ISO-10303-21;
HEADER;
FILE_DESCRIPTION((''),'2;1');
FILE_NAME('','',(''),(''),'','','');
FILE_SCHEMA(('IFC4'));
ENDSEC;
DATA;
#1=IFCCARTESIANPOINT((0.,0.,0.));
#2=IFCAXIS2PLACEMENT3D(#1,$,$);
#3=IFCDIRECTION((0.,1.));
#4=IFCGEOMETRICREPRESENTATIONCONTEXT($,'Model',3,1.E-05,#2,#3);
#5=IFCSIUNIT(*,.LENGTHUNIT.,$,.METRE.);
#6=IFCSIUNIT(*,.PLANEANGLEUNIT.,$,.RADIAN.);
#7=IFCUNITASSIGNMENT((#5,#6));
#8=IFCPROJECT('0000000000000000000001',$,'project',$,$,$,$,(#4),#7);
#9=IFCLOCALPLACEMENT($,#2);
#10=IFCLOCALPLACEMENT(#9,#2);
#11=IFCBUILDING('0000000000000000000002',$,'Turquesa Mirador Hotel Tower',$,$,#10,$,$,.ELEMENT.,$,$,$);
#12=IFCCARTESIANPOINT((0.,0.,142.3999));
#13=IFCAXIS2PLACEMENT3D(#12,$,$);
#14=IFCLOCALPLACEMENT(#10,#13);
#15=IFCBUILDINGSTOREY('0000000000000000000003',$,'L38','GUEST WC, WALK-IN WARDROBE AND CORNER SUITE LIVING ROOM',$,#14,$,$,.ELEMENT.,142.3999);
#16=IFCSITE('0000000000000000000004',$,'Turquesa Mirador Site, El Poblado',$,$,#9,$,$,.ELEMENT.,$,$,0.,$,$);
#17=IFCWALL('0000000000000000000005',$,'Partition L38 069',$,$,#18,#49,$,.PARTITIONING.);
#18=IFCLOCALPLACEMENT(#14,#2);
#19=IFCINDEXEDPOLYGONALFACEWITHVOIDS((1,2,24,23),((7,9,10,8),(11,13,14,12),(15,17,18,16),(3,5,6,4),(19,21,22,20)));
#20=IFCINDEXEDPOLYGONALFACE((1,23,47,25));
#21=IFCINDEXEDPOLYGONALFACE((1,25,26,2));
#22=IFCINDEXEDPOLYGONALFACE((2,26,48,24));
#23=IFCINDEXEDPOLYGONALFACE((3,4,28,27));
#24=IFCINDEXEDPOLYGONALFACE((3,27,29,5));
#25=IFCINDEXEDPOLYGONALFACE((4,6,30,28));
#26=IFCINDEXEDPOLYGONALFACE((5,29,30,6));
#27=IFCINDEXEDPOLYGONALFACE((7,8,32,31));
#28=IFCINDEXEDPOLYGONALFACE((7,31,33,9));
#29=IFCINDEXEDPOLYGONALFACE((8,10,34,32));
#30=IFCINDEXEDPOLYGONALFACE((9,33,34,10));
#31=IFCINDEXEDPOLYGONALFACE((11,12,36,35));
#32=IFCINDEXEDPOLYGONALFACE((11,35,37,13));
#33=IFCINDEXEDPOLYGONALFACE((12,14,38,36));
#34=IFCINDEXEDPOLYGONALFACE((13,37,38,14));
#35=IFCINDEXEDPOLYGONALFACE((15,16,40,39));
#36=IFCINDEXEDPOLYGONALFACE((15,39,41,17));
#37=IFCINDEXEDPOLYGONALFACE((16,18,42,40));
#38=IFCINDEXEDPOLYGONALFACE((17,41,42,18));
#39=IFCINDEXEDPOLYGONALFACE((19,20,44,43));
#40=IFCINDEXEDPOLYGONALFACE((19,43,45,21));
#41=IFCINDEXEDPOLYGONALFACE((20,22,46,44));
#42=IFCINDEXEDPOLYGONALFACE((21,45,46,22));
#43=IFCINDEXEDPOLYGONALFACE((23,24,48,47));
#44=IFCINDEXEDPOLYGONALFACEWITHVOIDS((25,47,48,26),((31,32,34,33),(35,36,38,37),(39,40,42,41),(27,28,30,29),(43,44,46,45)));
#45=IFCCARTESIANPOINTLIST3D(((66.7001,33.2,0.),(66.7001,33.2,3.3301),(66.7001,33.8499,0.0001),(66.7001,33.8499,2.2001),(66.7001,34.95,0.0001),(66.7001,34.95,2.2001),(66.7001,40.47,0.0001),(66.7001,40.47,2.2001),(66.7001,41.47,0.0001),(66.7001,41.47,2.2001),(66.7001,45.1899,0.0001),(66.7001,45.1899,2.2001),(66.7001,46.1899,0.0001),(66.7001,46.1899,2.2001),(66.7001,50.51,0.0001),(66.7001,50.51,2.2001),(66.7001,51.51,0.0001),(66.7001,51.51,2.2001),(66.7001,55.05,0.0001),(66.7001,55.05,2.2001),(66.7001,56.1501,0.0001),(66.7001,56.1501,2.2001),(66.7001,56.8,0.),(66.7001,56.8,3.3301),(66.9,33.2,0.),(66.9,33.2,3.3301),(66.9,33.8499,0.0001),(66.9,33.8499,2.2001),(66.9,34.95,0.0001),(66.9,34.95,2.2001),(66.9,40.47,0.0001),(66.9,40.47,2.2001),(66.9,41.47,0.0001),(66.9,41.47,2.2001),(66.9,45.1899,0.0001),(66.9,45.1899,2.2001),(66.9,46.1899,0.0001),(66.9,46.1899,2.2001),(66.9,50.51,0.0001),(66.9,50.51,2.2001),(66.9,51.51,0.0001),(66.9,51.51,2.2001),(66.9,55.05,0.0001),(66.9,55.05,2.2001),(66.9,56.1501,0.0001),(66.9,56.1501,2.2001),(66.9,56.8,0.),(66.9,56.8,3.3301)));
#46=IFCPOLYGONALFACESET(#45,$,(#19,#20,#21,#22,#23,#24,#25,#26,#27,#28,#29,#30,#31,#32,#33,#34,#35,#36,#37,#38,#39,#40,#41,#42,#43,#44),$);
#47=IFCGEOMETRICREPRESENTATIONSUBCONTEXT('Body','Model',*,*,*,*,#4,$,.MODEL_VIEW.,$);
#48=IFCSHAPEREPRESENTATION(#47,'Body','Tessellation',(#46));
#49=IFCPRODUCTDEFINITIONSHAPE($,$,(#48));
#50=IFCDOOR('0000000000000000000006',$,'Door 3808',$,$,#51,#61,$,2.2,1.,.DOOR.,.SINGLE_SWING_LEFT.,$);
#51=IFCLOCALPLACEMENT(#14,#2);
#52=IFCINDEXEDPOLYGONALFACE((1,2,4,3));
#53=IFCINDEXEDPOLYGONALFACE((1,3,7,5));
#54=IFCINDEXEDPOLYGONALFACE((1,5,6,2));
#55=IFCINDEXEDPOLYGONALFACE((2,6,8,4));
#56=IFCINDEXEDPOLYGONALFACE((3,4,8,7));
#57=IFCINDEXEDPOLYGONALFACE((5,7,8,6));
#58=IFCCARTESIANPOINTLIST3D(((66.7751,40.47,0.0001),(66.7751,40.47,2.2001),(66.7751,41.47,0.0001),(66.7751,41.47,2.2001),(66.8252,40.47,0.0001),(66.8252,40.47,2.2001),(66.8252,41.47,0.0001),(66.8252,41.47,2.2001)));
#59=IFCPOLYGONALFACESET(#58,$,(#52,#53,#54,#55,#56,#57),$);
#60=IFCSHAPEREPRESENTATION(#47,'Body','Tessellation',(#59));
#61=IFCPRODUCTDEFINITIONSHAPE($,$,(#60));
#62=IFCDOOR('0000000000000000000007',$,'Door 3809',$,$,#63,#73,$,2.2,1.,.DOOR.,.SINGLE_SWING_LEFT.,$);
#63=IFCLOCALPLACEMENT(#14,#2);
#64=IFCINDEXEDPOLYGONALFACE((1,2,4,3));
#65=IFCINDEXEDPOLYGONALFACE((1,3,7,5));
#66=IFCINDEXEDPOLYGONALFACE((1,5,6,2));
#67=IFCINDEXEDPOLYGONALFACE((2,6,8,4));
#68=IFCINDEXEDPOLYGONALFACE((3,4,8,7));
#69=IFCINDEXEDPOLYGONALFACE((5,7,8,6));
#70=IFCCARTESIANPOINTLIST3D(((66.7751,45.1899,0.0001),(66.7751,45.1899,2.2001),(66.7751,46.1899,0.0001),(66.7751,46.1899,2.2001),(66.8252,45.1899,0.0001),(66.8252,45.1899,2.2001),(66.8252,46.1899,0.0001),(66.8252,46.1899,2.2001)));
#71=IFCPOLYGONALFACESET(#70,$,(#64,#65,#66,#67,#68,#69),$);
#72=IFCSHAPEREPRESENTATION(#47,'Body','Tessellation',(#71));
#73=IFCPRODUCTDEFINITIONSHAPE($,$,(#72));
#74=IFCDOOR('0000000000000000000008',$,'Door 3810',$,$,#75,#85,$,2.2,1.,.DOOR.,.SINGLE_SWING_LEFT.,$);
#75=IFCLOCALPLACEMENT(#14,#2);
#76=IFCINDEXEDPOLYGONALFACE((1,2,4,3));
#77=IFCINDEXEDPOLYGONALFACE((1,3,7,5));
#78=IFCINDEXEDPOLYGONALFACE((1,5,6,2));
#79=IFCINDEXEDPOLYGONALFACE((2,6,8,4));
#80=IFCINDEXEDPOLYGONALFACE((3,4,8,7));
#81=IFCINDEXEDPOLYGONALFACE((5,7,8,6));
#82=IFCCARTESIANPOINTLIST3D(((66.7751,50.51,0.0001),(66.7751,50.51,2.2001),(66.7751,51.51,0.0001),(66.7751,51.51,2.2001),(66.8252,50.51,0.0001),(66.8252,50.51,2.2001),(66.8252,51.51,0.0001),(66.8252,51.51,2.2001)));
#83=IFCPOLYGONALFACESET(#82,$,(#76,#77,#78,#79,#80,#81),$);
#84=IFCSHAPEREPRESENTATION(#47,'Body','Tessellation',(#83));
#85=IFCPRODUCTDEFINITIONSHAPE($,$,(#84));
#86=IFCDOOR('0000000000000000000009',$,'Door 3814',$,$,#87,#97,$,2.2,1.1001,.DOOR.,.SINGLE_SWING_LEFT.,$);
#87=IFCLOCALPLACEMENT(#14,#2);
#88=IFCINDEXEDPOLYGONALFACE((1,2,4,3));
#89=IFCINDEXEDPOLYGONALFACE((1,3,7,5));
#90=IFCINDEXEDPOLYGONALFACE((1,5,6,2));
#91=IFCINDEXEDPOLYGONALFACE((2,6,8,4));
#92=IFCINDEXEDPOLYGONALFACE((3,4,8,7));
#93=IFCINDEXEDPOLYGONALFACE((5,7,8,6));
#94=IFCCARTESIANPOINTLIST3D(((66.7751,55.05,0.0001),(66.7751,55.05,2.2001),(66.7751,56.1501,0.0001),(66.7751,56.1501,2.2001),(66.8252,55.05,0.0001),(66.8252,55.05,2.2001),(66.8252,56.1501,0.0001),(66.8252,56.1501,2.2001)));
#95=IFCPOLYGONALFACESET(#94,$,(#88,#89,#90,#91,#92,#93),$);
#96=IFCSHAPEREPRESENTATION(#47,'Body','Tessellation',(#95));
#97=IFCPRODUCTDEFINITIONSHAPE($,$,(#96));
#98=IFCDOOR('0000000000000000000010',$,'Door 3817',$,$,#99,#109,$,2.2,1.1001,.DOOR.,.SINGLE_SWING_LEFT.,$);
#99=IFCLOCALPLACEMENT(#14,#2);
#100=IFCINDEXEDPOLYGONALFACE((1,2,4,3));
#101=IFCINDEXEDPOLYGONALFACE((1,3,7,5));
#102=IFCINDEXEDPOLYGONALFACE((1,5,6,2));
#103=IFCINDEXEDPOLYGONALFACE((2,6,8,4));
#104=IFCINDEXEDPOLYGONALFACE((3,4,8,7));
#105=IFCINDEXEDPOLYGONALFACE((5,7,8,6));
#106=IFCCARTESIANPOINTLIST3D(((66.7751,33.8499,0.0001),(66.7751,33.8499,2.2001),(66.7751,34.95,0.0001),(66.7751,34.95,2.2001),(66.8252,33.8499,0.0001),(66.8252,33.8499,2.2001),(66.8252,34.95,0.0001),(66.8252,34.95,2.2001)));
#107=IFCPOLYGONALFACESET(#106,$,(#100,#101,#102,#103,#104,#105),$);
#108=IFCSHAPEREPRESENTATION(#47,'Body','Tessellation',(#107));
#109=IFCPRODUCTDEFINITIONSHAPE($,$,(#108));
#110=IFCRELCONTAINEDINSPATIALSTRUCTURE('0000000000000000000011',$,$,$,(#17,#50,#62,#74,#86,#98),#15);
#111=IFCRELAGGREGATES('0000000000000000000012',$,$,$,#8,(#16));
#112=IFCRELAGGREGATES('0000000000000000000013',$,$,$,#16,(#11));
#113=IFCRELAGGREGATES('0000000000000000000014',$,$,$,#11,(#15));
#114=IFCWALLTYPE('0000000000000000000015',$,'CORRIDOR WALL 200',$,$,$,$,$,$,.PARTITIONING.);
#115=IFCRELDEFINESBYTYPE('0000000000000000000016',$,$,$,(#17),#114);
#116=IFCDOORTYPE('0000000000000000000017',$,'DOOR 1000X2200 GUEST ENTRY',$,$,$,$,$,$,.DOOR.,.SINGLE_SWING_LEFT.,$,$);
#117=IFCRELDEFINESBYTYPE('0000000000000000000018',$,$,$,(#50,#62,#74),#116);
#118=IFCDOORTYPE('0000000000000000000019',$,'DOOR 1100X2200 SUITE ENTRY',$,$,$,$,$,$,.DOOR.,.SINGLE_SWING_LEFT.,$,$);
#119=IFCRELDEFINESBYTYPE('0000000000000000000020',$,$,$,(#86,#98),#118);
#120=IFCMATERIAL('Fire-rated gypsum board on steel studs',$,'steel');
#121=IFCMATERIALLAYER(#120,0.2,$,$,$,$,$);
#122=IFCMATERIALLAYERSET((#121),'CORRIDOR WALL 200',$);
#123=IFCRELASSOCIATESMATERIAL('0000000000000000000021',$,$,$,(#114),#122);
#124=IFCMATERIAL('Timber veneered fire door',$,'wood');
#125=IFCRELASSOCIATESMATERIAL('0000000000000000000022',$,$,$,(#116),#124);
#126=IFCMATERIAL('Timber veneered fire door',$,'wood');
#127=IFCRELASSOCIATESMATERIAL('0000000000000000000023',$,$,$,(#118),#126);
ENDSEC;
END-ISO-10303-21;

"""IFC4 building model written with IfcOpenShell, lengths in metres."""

from ifc_helpers import new_model, si_unit, direction, frame, frame_2d, origin, place, context, subcontext, project, spatial, rectangle, extrude, material, layer, layer_set, type_object, element, fill, save


model = new_model("IFC4")

# Units and contexts
model_context = context("Model", 3, precision=1e-05, world=origin(), true_north=direction((0.0, 1.0)))
body_context = subcontext(model_context, "Body", "Model", "MODEL_VIEW")
ifc_project = project(units=[si_unit("LENGTHUNIT", "METRE"), si_unit("PLANEANGLEUNIT", "RADIAN")], contexts=[model_context])

# Site, building, storey
site_placement = place(None, origin())
site = spatial("IfcSite", under=ifc_project, at=site_placement, Name="Turquesa Mirador Site, El Poblado", CompositionType="ELEMENT", RefElevation=0.0)
building_placement = place(site_placement, origin())
building = spatial("IfcBuilding", under=site, at=building_placement, Name="Turquesa Mirador Hotel Tower", CompositionType="ELEMENT")
storey_placement = place(building_placement, frame((0.0, 0.0, 142.3999)))
storey = spatial("IfcBuildingStorey", under=building, at=storey_placement, Name="L38", Description="GUEST WC, WALK-IN WARDROBE AND CORNER SUITE LIVING ROOM", CompositionType="ELEMENT", Elevation=142.3999)

# Wall, openings, doors
ifc_material_1 = material(Name="Fire-rated gypsum board on steel studs", Category="steel")
ifc_layer_1 = layer(ifc_material_1, 0.2)
ifc_layer_set_1 = layer_set([ifc_layer_1], Name="CORRIDOR WALL 200")
wall_type_1 = type_object("IfcWallType", Name="CORRIDOR WALL 200", PredefinedType="PARTITIONING", material=ifc_layer_set_1)
wall_1_placement = place(storey_placement, frame((66.8, 33.2, 0.0), z_axis=(0.0, 0.0, 1.0), x_axis=(0.0, 1.0, 0.0)))
wall_1 = element("IfcWall", 1, at=wall_1_placement, inside=storey, type_object=wall_type_1, Name="Partition L38 069", PredefinedType="PARTITIONING", context=body_context, shape_type="SweptSolid", body=[
    extrude(rectangle(XDim=23.6001, YDim=0.2, at=frame_2d((11.8, 0.0))), origin(), (0.0, 0.0, 1.0), 3.3301),
])
opening_1_placement = place(wall_1_placement, frame((7.27, 0.0, 0.0)))
opening_1 = element("IfcOpeningElement", 2, at=opening_1_placement, cuts=wall_1, PredefinedType="OPENING", context=body_context, shape_type="SweptSolid", body=[
    extrude(rectangle(XDim=1.0, YDim=2.2, at=frame_2d((0.5, 1.1001))), frame((0.0, 0.1099, 0.0), z_axis=(0.0, -1.0, 0.0), x_axis=(1.0, 0.0, 0.0)), (0.0, 0.0, 1.0), 0.22),
])
opening_2_placement = place(wall_1_placement, frame((11.99, 0.0, 0.0)))
opening_2 = element("IfcOpeningElement", 3, at=opening_2_placement, cuts=wall_1, PredefinedType="OPENING", context=body_context, shape_type="SweptSolid", body=[
    extrude(rectangle(XDim=1.0, YDim=2.2, at=frame_2d((0.5, 1.1001))), frame((0.0, 0.1099, 0.0), z_axis=(0.0, -1.0, 0.0), x_axis=(1.0, 0.0, 0.0)), (0.0, 0.0, 1.0), 0.22),
])
opening_3_placement = place(wall_1_placement, frame((17.3101, 0.0, 0.0)))
opening_3 = element("IfcOpeningElement", 4, at=opening_3_placement, cuts=wall_1, PredefinedType="OPENING", context=body_context, shape_type="SweptSolid", body=[
    extrude(rectangle(XDim=1.0, YDim=2.2, at=frame_2d((0.5, 1.1001))), frame((0.0, 0.1099, 0.0), z_axis=(0.0, -1.0, 0.0), x_axis=(1.0, 0.0, 0.0)), (0.0, 0.0, 1.0), 0.22),
])
opening_4_placement = place(wall_1_placement, frame((21.8501, 0.0, 0.0)))
opening_4 = element("IfcOpeningElement", 5, at=opening_4_placement, cuts=wall_1, PredefinedType="OPENING", context=body_context, shape_type="SweptSolid", body=[
    extrude(rectangle(XDim=1.1001, YDim=2.2, at=frame_2d((0.55, 1.1001))), frame((0.0, 0.1099, 0.0), z_axis=(0.0, -1.0, 0.0), x_axis=(1.0, 0.0, 0.0)), (0.0, 0.0, 1.0), 0.22),
])
opening_5_placement = place(wall_1_placement, frame((0.6499, 0.0, 0.0)))
opening_5 = element("IfcOpeningElement", 6, at=opening_5_placement, cuts=wall_1, PredefinedType="OPENING", context=body_context, shape_type="SweptSolid", body=[
    extrude(rectangle(XDim=1.1001, YDim=2.2, at=frame_2d((0.55, 1.1001))), frame((0.0, 0.1099, 0.0), z_axis=(0.0, -1.0, 0.0), x_axis=(1.0, 0.0, 0.0)), (0.0, 0.0, 1.0), 0.22),
])
ifc_material_2 = material(Name="Timber veneered fire door", Category="wood")
door_type_1 = type_object("IfcDoorType", Name="DOOR 1000X2200 GUEST ENTRY", OperationType="SINGLE_SWING_LEFT", PredefinedType="DOOR", material=ifc_material_2)
door_1_placement = place(opening_1_placement, origin())
door_1 = element("IfcDoor", 7, at=door_1_placement, inside=storey, type_object=door_type_1, Name="Door 3808", OperationType="SINGLE_SWING_LEFT", OverallHeight=2.2, OverallWidth=1.0, PredefinedType="DOOR", context=body_context, shape_type="SweptSolid", body=[
    extrude(rectangle(XDim=1.0, YDim=2.2, at=frame_2d((0.5, 1.1001))), frame((0.0, 0.0249, 0.0), z_axis=(0.0, -1.0, 0.0), x_axis=(1.0, 0.0, 0.0)), (0.0, 0.0, 1.0), 0.05),
])
fill(opening_1, door_1)
door_2_placement = place(opening_2_placement, origin())
door_2 = element("IfcDoor", 8, at=door_2_placement, inside=storey, type_object=door_type_1, Name="Door 3809", OperationType="SINGLE_SWING_LEFT", OverallHeight=2.2, OverallWidth=1.0, PredefinedType="DOOR", context=body_context, shape_type="SweptSolid", body=[
    extrude(rectangle(XDim=1.0, YDim=2.2, at=frame_2d((0.5, 1.1001))), frame((0.0, 0.0249, 0.0), z_axis=(0.0, -1.0, 0.0), x_axis=(1.0, 0.0, 0.0)), (0.0, 0.0, 1.0), 0.05),
])
fill(opening_2, door_2)
door_3_placement = place(opening_3_placement, origin())
door_3 = element("IfcDoor", 9, at=door_3_placement, inside=storey, type_object=door_type_1, Name="Door 3810", OperationType="SINGLE_SWING_LEFT", OverallHeight=2.2, OverallWidth=1.0, PredefinedType="DOOR", context=body_context, shape_type="SweptSolid", body=[
    extrude(rectangle(XDim=1.0, YDim=2.2, at=frame_2d((0.5, 1.1001))), frame((0.0, 0.0249, 0.0), z_axis=(0.0, -1.0, 0.0), x_axis=(1.0, 0.0, 0.0)), (0.0, 0.0, 1.0), 0.05),
])
fill(opening_3, door_3)
ifc_material_3 = material(Name="Timber veneered fire door", Category="wood")
door_type_2 = type_object("IfcDoorType", Name="DOOR 1100X2200 SUITE ENTRY", OperationType="SINGLE_SWING_LEFT", PredefinedType="DOOR", material=ifc_material_3)
door_4_placement = place(opening_4_placement, origin())
door_4 = element("IfcDoor", 10, at=door_4_placement, inside=storey, type_object=door_type_2, Name="Door 3814", OperationType="SINGLE_SWING_LEFT", OverallHeight=2.2, OverallWidth=1.1001, PredefinedType="DOOR", context=body_context, shape_type="SweptSolid", body=[
    extrude(rectangle(XDim=1.1001, YDim=2.2, at=frame_2d((0.55, 1.1001))), frame((0.0, 0.0249, 0.0), z_axis=(0.0, -1.0, 0.0), x_axis=(1.0, 0.0, 0.0)), (0.0, 0.0, 1.0), 0.05),
])
fill(opening_4, door_4)
door_5_placement = place(opening_5_placement, origin())
door_5 = element("IfcDoor", 11, at=door_5_placement, inside=storey, type_object=door_type_2, Name="Door 3817", OperationType="SINGLE_SWING_LEFT", OverallHeight=2.2, OverallWidth=1.1001, PredefinedType="DOOR", context=body_context, shape_type="SweptSolid", body=[
    extrude(rectangle(XDim=1.1001, YDim=2.2, at=frame_2d((0.55, 1.1001))), frame((0.0, 0.0249, 0.0), z_axis=(0.0, -1.0, 0.0), x_axis=(1.0, 0.0, 0.0)), (0.0, 0.0, 1.0), 0.05),
])
fill(opening_5, door_5)

save(model, "model.ifc")
